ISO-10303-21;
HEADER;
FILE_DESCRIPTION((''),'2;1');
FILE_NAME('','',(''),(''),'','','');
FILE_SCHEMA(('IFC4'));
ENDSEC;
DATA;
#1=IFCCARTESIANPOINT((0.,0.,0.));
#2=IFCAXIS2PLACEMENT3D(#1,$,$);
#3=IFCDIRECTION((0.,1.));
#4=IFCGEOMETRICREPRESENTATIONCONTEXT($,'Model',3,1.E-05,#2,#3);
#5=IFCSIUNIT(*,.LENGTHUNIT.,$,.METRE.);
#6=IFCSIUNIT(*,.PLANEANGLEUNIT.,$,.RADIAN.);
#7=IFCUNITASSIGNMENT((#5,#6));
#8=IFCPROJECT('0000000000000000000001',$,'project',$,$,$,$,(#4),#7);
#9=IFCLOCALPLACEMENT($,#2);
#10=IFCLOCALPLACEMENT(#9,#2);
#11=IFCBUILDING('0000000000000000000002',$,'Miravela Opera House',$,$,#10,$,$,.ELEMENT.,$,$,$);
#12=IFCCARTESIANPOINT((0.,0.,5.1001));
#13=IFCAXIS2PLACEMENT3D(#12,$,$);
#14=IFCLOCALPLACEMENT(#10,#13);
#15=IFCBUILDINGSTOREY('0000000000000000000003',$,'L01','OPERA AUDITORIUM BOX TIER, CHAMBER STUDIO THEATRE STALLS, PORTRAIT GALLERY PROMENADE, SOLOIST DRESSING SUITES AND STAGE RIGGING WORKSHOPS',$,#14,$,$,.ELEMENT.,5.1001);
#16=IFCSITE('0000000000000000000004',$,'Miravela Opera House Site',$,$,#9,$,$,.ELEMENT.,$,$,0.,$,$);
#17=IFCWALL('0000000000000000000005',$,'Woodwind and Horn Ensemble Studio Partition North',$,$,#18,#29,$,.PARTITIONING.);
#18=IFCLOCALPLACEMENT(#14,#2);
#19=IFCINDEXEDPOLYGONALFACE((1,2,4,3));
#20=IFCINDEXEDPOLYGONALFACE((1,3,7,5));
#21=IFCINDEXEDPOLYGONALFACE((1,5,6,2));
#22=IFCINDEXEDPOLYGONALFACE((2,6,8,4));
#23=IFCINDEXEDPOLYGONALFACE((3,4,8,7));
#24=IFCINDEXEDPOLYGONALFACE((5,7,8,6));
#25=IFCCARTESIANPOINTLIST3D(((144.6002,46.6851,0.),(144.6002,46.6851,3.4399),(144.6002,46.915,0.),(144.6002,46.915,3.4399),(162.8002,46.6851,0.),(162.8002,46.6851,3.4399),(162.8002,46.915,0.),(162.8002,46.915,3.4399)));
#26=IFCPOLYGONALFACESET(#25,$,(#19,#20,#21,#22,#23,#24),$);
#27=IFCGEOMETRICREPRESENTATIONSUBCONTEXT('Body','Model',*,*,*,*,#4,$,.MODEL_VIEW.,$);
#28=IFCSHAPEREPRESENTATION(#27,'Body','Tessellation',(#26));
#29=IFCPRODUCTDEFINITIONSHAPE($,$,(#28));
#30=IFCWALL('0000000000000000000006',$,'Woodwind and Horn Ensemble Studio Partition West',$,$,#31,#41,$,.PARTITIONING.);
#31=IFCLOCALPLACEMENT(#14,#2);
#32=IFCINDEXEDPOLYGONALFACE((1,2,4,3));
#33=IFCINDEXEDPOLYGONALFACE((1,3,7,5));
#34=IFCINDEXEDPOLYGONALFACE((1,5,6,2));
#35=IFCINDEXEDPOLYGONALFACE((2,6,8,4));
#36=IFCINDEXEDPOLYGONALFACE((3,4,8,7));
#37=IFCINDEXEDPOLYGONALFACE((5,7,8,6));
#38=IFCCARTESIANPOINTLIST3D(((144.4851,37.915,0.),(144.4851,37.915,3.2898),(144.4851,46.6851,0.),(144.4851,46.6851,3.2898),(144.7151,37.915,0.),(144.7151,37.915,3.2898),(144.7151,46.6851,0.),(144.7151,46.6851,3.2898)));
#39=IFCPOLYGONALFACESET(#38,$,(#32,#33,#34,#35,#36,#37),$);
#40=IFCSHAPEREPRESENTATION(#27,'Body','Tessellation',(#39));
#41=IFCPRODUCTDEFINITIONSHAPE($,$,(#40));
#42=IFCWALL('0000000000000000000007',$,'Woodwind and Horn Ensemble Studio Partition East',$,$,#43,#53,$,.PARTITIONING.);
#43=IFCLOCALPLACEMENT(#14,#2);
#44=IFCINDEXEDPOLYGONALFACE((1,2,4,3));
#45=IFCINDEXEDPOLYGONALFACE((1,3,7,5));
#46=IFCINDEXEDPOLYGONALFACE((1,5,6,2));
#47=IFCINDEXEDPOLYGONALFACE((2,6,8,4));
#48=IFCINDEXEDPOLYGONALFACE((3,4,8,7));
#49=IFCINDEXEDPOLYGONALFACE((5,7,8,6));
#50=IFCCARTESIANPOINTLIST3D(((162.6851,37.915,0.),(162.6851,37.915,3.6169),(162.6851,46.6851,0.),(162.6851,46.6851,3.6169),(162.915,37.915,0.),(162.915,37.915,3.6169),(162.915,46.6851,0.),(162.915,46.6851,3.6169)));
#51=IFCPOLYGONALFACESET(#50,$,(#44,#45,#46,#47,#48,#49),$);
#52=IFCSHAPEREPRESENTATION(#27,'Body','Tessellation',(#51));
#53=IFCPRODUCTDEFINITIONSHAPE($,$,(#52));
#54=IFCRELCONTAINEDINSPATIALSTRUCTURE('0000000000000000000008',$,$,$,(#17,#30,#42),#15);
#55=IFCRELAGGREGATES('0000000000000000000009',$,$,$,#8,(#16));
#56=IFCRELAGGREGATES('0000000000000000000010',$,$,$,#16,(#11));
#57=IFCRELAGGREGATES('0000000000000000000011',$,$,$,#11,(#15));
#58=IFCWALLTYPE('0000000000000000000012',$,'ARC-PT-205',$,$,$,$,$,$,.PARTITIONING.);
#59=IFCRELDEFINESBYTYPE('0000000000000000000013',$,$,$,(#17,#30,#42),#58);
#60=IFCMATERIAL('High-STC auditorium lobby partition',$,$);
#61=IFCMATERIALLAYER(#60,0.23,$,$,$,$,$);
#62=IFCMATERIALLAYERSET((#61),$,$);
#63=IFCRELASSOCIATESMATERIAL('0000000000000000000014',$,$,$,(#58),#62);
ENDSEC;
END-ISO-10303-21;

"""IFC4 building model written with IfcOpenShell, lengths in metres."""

from ifc_helpers import new_model, si_unit, direction, frame, frame_2d, origin, place, context, subcontext, project, spatial, rectangle, extrude, material, layer, layer_set, type_object, element, save


model = new_model("IFC4")

# Units and contexts
model_context = context("Model", 3, precision=1e-05, world=origin(), true_north=direction((0.0, 1.0)))
body_context = subcontext(model_context, "Body", "Model", "MODEL_VIEW")
ifc_project = project(units=[si_unit("LENGTHUNIT", "METRE"), si_unit("PLANEANGLEUNIT", "RADIAN")], contexts=[model_context])

# Site, building, storey
site_placement = place(None, origin())
site = spatial("IfcSite", under=ifc_project, at=site_placement, Name="Miravela Opera House Site", CompositionType="ELEMENT", RefElevation=0.0)
building_placement = place(site_placement, origin())
building = spatial("IfcBuilding", under=site, at=building_placement, Name="Miravela Opera House", CompositionType="ELEMENT")
storey_placement = place(building_placement, frame((0.0, 0.0, 5.1001)))
storey = spatial("IfcBuildingStorey", under=building, at=storey_placement, Name="L01", Description="OPERA AUDITORIUM BOX TIER, CHAMBER STUDIO THEATRE STALLS, PORTRAIT GALLERY PROMENADE, SOLOIST DRESSING SUITES AND STAGE RIGGING WORKSHOPS", CompositionType="ELEMENT", Elevation=5.1001)

# Shared definitions
ifc_material_1 = material(Name="High-STC auditorium lobby partition")
ifc_layer_1 = layer(ifc_material_1, 0.23)
ifc_layer_set_1 = layer_set([ifc_layer_1])
wall_type_1 = type_object("IfcWallType", Name="ARC-PT-205", PredefinedType="PARTITIONING", material=ifc_layer_set_1)

# Walls
wall_1_placement = place(storey_placement, frame((144.6001, 46.8, 0.0), z_axis=(0.0, 0.0, 1.0), x_axis=(1.0, 0.0, 0.0)))
element("IfcWall", 1, at=wall_1_placement, inside=storey, type_object=wall_type_1, Name="Woodwind and Horn Ensemble Studio Partition North", PredefinedType="PARTITIONING", context=body_context, shape_type="SweptSolid", body=[
    extrude(rectangle(XDim=18.2, YDim=0.23, at=frame_2d((9.1001, 0.0))), origin(), (0.0, 0.0, 1.0), 3.4399),
])
wall_2_placement = place(storey_placement, frame((144.6001, 37.915, 0.0), z_axis=(0.0, 0.0, 1.0), x_axis=(0.0, 1.0, 0.0)))
element("IfcWall", 2, at=wall_2_placement, inside=storey, type_object=wall_type_1, Name="Woodwind and Horn Ensemble Studio Partition West", PredefinedType="PARTITIONING", context=body_context, shape_type="SweptSolid", body=[
    extrude(rectangle(XDim=8.77, YDim=0.23, at=frame_2d((4.385, 0.0))), origin(), (0.0, 0.0, 1.0), 3.2898),
])
wall_3_placement = place(storey_placement, frame((162.8, 37.915, 0.0), z_axis=(0.0, 0.0, 1.0), x_axis=(0.0, 1.0, 0.0)))
element("IfcWall", 3, at=wall_3_placement, inside=storey, type_object=wall_type_1, Name="Woodwind and Horn Ensemble Studio Partition East", PredefinedType="PARTITIONING", context=body_context, shape_type="SweptSolid", body=[
    extrude(rectangle(XDim=8.77, YDim=0.23, at=frame_2d((4.385, 0.0))), origin(), (0.0, 0.0, 1.0), 3.6169),
])

save(model, "model.ifc")
